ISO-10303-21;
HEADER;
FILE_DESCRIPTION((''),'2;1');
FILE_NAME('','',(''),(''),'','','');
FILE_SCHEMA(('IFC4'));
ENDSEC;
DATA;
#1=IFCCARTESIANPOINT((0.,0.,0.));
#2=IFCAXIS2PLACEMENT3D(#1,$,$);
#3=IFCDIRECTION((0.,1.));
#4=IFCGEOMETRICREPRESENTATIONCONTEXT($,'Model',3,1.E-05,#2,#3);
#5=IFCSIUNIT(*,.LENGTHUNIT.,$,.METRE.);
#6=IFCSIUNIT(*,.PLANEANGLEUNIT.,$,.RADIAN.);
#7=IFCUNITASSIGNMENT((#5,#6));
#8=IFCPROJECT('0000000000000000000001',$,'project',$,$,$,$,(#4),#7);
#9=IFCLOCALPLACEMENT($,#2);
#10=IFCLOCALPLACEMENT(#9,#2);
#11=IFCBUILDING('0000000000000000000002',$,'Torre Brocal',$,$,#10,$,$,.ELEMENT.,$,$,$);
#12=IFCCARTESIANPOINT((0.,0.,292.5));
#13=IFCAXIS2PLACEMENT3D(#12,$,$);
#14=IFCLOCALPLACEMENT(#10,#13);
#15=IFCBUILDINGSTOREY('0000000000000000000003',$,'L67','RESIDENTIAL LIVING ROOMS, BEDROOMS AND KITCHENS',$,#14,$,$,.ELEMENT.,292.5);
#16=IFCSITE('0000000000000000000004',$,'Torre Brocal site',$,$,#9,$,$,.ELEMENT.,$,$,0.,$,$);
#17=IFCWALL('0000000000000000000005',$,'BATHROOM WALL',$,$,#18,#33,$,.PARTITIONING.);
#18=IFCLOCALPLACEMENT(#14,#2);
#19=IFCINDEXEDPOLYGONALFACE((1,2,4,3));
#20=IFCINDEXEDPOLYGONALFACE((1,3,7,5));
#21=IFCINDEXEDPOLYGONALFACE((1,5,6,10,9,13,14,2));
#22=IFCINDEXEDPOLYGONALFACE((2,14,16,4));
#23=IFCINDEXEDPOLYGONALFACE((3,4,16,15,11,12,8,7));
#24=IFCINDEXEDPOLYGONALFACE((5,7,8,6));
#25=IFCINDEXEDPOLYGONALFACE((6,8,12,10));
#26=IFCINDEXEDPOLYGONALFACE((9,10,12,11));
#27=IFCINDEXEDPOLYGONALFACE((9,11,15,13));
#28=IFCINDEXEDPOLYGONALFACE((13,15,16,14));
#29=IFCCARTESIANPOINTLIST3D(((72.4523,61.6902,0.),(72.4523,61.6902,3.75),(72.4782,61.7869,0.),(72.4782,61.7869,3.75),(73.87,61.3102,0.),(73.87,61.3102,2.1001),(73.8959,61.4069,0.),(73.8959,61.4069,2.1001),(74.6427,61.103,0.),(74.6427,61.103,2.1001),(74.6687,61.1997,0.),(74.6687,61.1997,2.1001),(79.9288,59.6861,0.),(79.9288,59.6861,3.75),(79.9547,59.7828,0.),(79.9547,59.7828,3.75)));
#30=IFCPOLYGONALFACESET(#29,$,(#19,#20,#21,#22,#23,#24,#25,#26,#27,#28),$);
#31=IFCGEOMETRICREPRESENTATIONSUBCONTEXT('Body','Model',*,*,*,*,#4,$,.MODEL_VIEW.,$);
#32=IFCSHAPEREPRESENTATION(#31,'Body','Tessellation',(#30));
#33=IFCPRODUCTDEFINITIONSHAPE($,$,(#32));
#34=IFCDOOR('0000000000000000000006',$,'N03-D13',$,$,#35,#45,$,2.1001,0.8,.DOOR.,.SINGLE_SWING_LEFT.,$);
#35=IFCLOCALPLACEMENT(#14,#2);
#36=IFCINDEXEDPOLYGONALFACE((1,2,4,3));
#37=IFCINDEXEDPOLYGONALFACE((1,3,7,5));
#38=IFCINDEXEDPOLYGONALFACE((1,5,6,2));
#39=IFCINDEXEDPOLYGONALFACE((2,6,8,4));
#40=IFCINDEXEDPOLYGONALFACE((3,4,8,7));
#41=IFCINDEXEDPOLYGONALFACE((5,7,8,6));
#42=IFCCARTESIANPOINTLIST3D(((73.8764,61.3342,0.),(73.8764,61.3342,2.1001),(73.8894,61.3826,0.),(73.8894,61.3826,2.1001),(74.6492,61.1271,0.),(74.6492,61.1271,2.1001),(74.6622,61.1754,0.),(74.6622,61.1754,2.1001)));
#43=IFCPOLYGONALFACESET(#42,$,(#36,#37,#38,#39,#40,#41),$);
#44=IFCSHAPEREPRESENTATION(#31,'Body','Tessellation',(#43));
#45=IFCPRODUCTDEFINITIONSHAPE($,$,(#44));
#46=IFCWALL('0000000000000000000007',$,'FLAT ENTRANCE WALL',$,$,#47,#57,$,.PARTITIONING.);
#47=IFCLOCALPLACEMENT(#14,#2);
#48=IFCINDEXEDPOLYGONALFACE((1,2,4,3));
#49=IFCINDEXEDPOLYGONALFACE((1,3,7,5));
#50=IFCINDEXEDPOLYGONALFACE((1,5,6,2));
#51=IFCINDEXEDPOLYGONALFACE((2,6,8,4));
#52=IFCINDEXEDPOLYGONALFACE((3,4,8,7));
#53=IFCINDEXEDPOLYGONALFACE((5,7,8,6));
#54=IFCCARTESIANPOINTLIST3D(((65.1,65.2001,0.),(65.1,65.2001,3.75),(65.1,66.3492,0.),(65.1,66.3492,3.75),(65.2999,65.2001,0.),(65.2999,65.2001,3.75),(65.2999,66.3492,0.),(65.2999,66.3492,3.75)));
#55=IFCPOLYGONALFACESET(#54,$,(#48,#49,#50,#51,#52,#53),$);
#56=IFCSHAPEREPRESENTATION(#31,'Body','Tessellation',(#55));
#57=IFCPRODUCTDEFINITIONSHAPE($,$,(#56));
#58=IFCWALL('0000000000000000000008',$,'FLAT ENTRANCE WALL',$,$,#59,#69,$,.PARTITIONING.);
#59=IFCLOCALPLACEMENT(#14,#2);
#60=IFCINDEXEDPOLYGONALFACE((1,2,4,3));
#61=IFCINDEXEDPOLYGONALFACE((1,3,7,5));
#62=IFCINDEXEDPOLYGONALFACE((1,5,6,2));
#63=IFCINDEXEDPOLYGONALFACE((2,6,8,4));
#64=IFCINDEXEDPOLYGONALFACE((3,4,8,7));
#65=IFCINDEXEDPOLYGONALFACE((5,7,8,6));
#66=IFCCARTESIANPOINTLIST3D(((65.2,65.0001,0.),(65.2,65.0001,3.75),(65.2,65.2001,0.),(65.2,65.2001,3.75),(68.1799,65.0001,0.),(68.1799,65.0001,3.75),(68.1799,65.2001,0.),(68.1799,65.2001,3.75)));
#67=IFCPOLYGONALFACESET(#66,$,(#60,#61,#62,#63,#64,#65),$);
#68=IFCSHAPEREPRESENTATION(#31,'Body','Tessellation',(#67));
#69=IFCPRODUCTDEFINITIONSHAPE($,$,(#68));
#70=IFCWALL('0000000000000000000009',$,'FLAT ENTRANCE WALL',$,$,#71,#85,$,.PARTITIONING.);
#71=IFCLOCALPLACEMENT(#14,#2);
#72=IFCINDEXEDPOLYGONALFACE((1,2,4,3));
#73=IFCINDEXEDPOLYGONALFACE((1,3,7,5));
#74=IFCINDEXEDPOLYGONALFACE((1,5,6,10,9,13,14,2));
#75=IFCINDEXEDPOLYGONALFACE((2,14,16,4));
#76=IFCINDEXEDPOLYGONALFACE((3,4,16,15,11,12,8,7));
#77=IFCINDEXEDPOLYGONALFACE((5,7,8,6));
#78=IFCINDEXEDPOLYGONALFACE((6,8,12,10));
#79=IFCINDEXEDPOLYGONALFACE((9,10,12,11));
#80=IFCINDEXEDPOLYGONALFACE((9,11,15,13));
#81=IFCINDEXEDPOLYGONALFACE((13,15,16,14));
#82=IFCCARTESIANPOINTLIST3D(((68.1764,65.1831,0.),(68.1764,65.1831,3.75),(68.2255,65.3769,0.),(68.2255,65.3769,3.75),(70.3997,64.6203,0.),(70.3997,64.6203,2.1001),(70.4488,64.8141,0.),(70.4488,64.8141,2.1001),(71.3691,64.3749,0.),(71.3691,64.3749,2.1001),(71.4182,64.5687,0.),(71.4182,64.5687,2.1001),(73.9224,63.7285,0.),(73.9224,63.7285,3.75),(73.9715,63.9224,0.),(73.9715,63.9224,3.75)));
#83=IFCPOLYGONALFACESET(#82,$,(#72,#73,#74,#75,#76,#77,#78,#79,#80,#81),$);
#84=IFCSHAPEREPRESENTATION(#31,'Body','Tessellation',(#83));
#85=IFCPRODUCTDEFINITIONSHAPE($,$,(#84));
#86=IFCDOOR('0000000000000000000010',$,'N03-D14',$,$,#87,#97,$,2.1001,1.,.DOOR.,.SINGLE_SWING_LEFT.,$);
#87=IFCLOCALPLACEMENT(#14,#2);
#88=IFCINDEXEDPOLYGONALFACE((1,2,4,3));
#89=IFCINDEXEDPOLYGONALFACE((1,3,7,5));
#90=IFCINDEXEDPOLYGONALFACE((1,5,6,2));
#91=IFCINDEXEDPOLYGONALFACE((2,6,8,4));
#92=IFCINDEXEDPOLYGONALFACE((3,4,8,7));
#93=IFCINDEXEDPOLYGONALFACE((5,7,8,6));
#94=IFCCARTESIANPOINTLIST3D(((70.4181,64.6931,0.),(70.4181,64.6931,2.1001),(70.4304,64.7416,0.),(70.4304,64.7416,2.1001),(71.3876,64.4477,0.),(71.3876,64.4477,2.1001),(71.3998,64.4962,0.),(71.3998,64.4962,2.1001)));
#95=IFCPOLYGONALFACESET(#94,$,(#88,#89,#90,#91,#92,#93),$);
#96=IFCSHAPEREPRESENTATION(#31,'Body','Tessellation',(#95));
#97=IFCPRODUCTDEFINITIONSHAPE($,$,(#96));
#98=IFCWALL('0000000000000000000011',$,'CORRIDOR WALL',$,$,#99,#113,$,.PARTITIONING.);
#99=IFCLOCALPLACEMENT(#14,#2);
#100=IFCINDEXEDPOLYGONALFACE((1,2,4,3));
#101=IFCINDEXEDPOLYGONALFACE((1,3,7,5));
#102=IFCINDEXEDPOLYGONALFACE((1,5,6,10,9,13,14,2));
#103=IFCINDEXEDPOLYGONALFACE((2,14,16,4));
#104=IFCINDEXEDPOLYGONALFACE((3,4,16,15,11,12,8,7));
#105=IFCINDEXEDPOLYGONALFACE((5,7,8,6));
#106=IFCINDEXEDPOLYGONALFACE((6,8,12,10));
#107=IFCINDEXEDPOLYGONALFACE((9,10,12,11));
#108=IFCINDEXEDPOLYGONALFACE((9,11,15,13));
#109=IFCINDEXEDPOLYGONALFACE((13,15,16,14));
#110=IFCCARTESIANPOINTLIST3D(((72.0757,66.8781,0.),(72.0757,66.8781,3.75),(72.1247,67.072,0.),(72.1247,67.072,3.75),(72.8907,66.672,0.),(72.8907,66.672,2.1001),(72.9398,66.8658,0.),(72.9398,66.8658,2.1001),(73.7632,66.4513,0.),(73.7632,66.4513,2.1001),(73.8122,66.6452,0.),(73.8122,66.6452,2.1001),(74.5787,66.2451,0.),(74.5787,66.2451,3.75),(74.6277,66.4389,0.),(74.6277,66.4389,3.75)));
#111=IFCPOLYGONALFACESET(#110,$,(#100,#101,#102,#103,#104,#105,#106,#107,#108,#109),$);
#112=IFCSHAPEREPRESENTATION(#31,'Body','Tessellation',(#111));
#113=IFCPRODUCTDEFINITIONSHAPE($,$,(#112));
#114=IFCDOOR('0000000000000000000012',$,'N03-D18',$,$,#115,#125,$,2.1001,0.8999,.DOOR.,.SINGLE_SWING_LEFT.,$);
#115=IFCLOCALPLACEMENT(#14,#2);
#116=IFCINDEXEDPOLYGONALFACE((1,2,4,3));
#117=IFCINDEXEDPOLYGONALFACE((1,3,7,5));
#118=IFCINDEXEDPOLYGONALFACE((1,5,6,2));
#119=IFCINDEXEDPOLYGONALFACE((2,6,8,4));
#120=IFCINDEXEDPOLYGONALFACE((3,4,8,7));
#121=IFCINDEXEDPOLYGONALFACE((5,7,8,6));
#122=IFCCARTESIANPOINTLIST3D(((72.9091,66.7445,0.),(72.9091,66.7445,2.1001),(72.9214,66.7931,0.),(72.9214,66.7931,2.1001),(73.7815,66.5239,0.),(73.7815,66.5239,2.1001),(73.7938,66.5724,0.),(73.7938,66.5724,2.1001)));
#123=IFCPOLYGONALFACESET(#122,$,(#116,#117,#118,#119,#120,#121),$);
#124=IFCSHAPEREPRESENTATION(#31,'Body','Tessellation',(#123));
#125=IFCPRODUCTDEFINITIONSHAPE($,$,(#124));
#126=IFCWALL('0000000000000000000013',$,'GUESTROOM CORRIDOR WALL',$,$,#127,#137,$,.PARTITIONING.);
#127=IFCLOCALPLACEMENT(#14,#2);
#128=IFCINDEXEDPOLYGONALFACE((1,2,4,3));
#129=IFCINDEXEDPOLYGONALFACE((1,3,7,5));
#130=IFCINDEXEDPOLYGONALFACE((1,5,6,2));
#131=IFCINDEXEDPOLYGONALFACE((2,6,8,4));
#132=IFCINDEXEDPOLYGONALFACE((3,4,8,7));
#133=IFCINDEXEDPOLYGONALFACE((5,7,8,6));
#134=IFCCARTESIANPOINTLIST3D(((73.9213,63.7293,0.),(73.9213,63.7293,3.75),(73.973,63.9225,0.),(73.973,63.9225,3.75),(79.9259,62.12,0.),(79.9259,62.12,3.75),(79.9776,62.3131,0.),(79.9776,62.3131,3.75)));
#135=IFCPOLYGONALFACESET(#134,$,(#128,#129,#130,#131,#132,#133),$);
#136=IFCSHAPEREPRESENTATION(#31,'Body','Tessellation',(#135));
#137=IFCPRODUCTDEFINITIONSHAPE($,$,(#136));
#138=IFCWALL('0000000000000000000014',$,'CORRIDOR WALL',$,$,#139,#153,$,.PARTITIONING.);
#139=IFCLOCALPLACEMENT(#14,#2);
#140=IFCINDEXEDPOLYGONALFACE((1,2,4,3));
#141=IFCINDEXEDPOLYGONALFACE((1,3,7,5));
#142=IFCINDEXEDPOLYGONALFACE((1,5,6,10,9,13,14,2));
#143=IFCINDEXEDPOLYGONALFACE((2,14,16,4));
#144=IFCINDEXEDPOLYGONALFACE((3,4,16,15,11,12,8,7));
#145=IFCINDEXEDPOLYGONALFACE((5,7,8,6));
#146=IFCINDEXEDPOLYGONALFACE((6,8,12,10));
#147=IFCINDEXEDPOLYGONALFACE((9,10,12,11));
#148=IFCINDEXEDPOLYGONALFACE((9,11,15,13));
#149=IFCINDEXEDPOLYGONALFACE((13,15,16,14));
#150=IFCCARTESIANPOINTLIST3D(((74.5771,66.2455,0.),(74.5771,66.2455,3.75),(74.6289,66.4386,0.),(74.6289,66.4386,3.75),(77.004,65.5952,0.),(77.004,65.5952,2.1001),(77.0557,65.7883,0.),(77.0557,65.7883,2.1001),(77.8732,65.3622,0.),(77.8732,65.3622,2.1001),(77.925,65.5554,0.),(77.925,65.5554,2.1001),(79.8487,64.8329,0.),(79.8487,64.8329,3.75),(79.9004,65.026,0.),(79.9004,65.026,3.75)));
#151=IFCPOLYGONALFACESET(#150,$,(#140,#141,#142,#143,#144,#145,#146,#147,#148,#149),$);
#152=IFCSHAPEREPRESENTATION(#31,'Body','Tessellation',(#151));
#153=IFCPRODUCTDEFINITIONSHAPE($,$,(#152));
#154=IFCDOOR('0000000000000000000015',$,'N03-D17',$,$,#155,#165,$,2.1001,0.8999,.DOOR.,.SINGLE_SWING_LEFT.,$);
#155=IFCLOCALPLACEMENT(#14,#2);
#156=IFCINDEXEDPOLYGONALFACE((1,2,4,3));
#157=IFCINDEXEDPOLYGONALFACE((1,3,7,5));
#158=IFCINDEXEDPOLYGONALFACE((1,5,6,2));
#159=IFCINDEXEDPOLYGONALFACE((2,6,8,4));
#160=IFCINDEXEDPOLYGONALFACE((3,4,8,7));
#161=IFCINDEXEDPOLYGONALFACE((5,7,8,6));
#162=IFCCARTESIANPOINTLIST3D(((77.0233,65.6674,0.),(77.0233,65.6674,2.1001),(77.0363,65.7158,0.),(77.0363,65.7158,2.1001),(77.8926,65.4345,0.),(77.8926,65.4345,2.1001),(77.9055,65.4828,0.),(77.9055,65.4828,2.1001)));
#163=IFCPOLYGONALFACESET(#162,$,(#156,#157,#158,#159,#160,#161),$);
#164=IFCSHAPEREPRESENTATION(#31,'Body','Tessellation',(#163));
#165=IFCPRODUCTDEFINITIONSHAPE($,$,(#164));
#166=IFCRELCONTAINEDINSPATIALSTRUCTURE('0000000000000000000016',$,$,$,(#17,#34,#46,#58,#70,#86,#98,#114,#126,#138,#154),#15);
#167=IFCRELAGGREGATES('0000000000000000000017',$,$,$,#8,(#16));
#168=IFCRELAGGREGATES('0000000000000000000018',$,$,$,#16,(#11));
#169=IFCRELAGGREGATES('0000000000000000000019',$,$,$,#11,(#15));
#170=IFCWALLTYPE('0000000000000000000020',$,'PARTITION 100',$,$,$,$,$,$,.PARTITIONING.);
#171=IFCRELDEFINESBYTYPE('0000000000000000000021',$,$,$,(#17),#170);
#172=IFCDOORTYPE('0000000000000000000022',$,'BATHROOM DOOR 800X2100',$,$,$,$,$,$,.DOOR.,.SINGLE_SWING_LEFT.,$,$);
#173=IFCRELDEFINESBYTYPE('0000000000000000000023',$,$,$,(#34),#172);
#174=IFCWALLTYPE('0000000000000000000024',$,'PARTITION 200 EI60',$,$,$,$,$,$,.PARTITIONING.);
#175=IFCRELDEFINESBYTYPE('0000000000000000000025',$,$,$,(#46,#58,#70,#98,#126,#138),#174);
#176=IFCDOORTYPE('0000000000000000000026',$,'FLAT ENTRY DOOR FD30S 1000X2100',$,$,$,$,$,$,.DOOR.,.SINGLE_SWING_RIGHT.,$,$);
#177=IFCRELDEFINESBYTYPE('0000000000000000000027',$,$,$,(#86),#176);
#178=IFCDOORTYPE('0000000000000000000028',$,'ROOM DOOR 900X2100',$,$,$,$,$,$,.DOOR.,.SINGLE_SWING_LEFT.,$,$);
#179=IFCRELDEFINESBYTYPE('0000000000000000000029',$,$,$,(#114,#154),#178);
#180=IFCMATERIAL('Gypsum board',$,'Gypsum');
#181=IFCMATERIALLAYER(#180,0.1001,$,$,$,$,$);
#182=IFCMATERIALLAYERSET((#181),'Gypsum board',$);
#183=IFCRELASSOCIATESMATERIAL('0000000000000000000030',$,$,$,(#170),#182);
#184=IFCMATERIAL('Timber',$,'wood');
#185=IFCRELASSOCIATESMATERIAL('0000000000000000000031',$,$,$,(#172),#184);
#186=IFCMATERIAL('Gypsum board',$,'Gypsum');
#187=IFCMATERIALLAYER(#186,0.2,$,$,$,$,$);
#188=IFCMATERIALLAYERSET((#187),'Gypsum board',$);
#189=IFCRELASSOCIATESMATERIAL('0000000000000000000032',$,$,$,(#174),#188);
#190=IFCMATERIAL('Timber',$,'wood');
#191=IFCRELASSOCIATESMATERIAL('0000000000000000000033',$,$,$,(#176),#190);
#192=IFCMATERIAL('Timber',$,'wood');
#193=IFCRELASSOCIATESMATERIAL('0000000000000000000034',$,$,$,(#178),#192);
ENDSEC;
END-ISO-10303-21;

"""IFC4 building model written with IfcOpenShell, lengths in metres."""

from ifc_helpers import new_model, si_unit, direction, frame, frame_2d, origin, place, context, subcontext, project, spatial, rectangle, extrude, material, layer, layer_set, type_object, element, fill, save


model = new_model("IFC4")

# Units and contexts
model_context = context("Model", 3, precision=1e-05, world=origin(), true_north=direction((0.0, 1.0)))
body_context = subcontext(model_context, "Body", "Model", "MODEL_VIEW")
ifc_project = project(units=[si_unit("LENGTHUNIT", "METRE"), si_unit("PLANEANGLEUNIT", "RADIAN")], contexts=[model_context])

# Site, building, storey
site_placement = place(None, origin())
site = spatial("IfcSite", under=ifc_project, at=site_placement, Name="Torre Brocal site", CompositionType="ELEMENT", RefElevation=0.0)
building_placement = place(site_placement, origin())
building = spatial("IfcBuilding", under=site, at=building_placement, Name="Torre Brocal", CompositionType="ELEMENT")
storey_placement = place(building_placement, frame((0.0, 0.0, 292.5)))
storey = spatial("IfcBuildingStorey", under=building, at=storey_placement, Name="L67", Description="RESIDENTIAL LIVING ROOMS, BEDROOMS AND KITCHENS", CompositionType="ELEMENT", Elevation=292.5)

# Wall, opening, door
ifc_material_1 = material(Name="Gypsum board", Category="Gypsum")
ifc_layer_1 = layer(ifc_material_1, 0.1001)
ifc_layer_set_1 = layer_set([ifc_layer_1], Name="Gypsum board")
wall_type_1 = type_object("IfcWallType", Name="PARTITION 100", PredefinedType="PARTITIONING", material=ifc_layer_set_1)
wall_1_placement = place(storey_placement, frame((72.4653, 61.7385, 0.0), z_axis=(0.0, 0.0, 1.0), x_axis=(0.9659, -0.258917, 0.0)))
wall_1 = element("IfcWall", 1, at=wall_1_placement, inside=storey, type_object=wall_type_1, Name="BATHROOM WALL", PredefinedType="PARTITIONING", context=body_context, shape_type="SweptSolid", body=[
    extrude(rectangle(XDim=7.7405, YDim=0.1001, at=frame_2d((3.8701, 0.0))), origin(), (0.0, 0.0, 1.0), 3.75),
])
opening_1_placement = place(wall_1_placement, frame((1.4678, 0.0, 0.0)))
opening_1 = element("IfcOpeningElement", 2, at=opening_1_placement, cuts=wall_1, PredefinedType="OPENING", context=body_context, shape_type="SweptSolid", body=[
    extrude(rectangle(XDim=0.8, YDim=2.1001, at=frame_2d((0.3999, 1.05))), frame((0.0, 0.0601, 0.0), z_axis=(0.0, -1.0, 0.0), x_axis=(1.0, 0.0, 0.0)), (0.0, 0.0, 1.0), 0.1201),
])
ifc_material_2 = material(Name="Timber", Category="wood")
door_type_1 = type_object("IfcDoorType", Name="BATHROOM DOOR 800X2100", OperationType="SINGLE_SWING_LEFT", PredefinedType="DOOR", material=ifc_material_2)
door_1_placement = place(opening_1_placement, origin())
door_1 = element("IfcDoor", 3, at=door_1_placement, inside=storey, type_object=door_type_1, Name="N03-D13", OperationType="SINGLE_SWING_LEFT", OverallHeight=2.1001, OverallWidth=0.8, PredefinedType="DOOR", context=body_context, shape_type="SweptSolid", body=[
    extrude(rectangle(XDim=0.8, YDim=2.1001, at=frame_2d((0.3999, 1.05))), frame((0.0, 0.0249, 0.0), z_axis=(0.0, -1.0, 0.0), x_axis=(1.0, 0.0, 0.0)), (0.0, 0.0, 1.0), 0.05),
])
fill(opening_1, door_1)

# Walls
ifc_material_3 = material(Name="Gypsum board", Category="Gypsum")
ifc_layer_2 = layer(ifc_material_3, 0.2)
ifc_layer_set_2 = layer_set([ifc_layer_2], Name="Gypsum board")
wall_type_2 = type_object("IfcWallType", Name="PARTITION 200 EI60", PredefinedType="PARTITIONING", material=ifc_layer_set_2)
wall_2_placement = place(storey_placement, frame((65.2, 65.2, 0.0), z_axis=(0.0, 0.0, 1.0), x_axis=(0.0, 1.0, 0.0)))
element("IfcWall", 4, at=wall_2_placement, inside=storey, type_object=wall_type_2, Name="FLAT ENTRANCE WALL", PredefinedType="PARTITIONING", context=body_context, shape_type="SweptSolid", body=[
    extrude(rectangle(XDim=1.1492, YDim=0.2, at=frame_2d((0.5747, 0.0))), origin(), (0.0, 0.0, 1.0), 3.75),
])
wall_3_placement = place(storey_placement, frame((65.2, 65.1001, 0.0), z_axis=(0.0, 0.0, 1.0), x_axis=(1.0, 0.0, 0.0)))
element("IfcWall", 5, at=wall_3_placement, inside=storey, type_object=wall_type_2, Name="FLAT ENTRANCE WALL", PredefinedType="PARTITIONING", context=body_context, shape_type="SweptSolid", body=[
    extrude(rectangle(XDim=2.98, YDim=0.2, at=frame_2d((1.49, 0.0))), origin(), (0.0, 0.0, 1.0), 3.75),
])

# Walls, openings, doors
wall_4_placement = place(storey_placement, frame((68.2009, 65.28, 0.0), z_axis=(0.0, 0.0, 1.0), x_axis=(0.969421, -0.245403, 0.0)))
wall_4 = element("IfcWall", 6, at=wall_4_placement, inside=storey, type_object=wall_type_2, Name="FLAT ENTRANCE WALL", PredefinedType="PARTITIONING", context=body_context, shape_type="SweptSolid", body=[
    extrude(rectangle(XDim=5.9272, YDim=0.2, at=frame_2d((2.9636, 0.0))), origin(), (0.0, 0.0, 1.0), 3.75),
])
opening_2_placement = place(wall_4_placement, frame((2.2935, 0.0, 0.0)))
opening_2 = element("IfcOpeningElement", 7, at=opening_2_placement, cuts=wall_4, PredefinedType="OPENING", context=body_context, shape_type="SweptSolid", body=[
    extrude(rectangle(XDim=1.0, YDim=2.1001, at=frame_2d((0.5, 1.05))), frame((0.0, 0.1099, 0.0), z_axis=(0.0, -1.0, 0.0), x_axis=(1.0, 0.0, 0.0)), (0.0, 0.0, 1.0), 0.22),
])
ifc_material_4 = material(Name="Timber", Category="wood")
door_type_2 = type_object("IfcDoorType", Name="FLAT ENTRY DOOR FD30S 1000X2100", OperationType="SINGLE_SWING_RIGHT", PredefinedType="DOOR", material=ifc_material_4)
door_2_placement = place(opening_2_placement, frame((1.0, 0.0, 0.0), z_axis=(0.0, 0.0, 1.0), x_axis=(-1.0, 0.0, 0.0)))
door_2 = element("IfcDoor", 8, at=door_2_placement, inside=storey, type_object=door_type_2, Name="N03-D14", OperationType="SINGLE_SWING_LEFT", OverallHeight=2.1001, OverallWidth=1.0, PredefinedType="DOOR", context=body_context, shape_type="SweptSolid", body=[
    extrude(rectangle(XDim=1.0, YDim=2.1001, at=frame_2d((0.5, 1.05))), frame((0.0, 0.0249, 0.0), z_axis=(0.0, -1.0, 0.0), x_axis=(1.0, 0.0, 0.0)), (0.0, 0.0, 1.0), 0.05),
])
fill(opening_2, door_2)
wall_5_placement = place(storey_placement, frame((72.1001, 66.9751, 0.0), z_axis=(0.0, 0.0, 1.0), x_axis=(0.969471, -0.245205, 0.0)))
wall_5 = element("IfcWall", 9, at=wall_5_placement, inside=storey, type_object=wall_type_2, Name="CORRIDOR WALL", PredefinedType="PARTITIONING", context=body_context, shape_type="SweptSolid", body=[
    extrude(rectangle(XDim=2.5818, YDim=0.2, at=frame_2d((1.291, 0.0))), origin(), (0.0, 0.0, 1.0), 3.75),
])
opening_3_placement = place(wall_5_placement, frame((0.8408, 0.0, 0.0)))
opening_3 = element("IfcOpeningElement", 10, at=opening_3_placement, cuts=wall_5, PredefinedType="OPENING", context=body_context, shape_type="SweptSolid", body=[
    extrude(rectangle(XDim=0.8999, YDim=2.1001, at=frame_2d((0.45, 1.05))), frame((0.0, 0.1099, 0.0), z_axis=(0.0, -1.0, 0.0), x_axis=(1.0, 0.0, 0.0)), (0.0, 0.0, 1.0), 0.22),
])
ifc_material_5 = material(Name="Timber", Category="wood")
door_type_3 = type_object("IfcDoorType", Name="ROOM DOOR 900X2100", OperationType="SINGLE_SWING_LEFT", PredefinedType="DOOR", material=ifc_material_5)
door_3_placement = place(opening_3_placement, origin())
door_3 = element("IfcDoor", 11, at=door_3_placement, inside=storey, type_object=door_type_3, Name="N03-D18", OperationType="SINGLE_SWING_LEFT", OverallHeight=2.1001, OverallWidth=0.8999, PredefinedType="DOOR", context=body_context, shape_type="SweptSolid", body=[
    extrude(rectangle(XDim=0.8999, YDim=2.1001, at=frame_2d((0.45, 1.05))), frame((0.0, 0.0249, 0.0), z_axis=(0.0, -1.0, 0.0), x_axis=(1.0, 0.0, 0.0)), (0.0, 0.0, 1.0), 0.05),
])
fill(opening_3, door_3)

# Wall
wall_6_placement = place(storey_placement, frame((73.947, 63.8259, 0.0), z_axis=(0.0, 0.0, 1.0), x_axis=(0.965908, -0.258885, 0.0)))
element("IfcWall", 12, at=wall_6_placement, inside=storey, type_object=wall_type_2, Name="GUESTROOM CORRIDOR WALL", PredefinedType="PARTITIONING", context=body_context, shape_type="SweptSolid", body=[
    extrude(rectangle(XDim=6.2166, YDim=0.2, at=frame_2d((3.1084, 0.0))), origin(), (0.0, 0.0, 1.0), 3.75),
])

# Wall, opening, door
wall_7_placement = place(storey_placement, frame((74.603, 66.342, 0.0), z_axis=(0.0, 0.0, 1.0), x_axis=(0.965921, -0.258837, 0.0)))
wall_7 = element("IfcWall", 13, at=wall_7_placement, inside=storey, type_object=wall_type_2, Name="CORRIDOR WALL", PredefinedType="PARTITIONING", context=body_context, shape_type="SweptSolid", body=[
    extrude(rectangle(XDim=5.4575, YDim=0.2, at=frame_2d((2.7288, 0.0))), origin(), (0.0, 0.0, 1.0), 3.75),
])
opening_4_placement = place(wall_7_placement, frame((2.5125, 0.0, 0.0)))
opening_4 = element("IfcOpeningElement", 14, at=opening_4_placement, cuts=wall_7, PredefinedType="OPENING", context=body_context, shape_type="SweptSolid", body=[
    extrude(rectangle(XDim=0.8999, YDim=2.1001, at=frame_2d((0.45, 1.05))), frame((0.0, 0.1099, 0.0), z_axis=(0.0, -1.0, 0.0), x_axis=(1.0, 0.0, 0.0)), (0.0, 0.0, 1.0), 0.22),
])
door_4_placement = place(opening_4_placement, origin())
door_4 = element("IfcDoor", 15, at=door_4_placement, inside=storey, type_object=door_type_3, Name="N03-D17", OperationType="SINGLE_SWING_LEFT", OverallHeight=2.1001, OverallWidth=0.8999, PredefinedType="DOOR", context=body_context, shape_type="SweptSolid", body=[
    extrude(rectangle(XDim=0.8999, YDim=2.1001, at=frame_2d((0.45, 1.05))), frame((0.0, 0.0249, 0.0), z_axis=(0.0, -1.0, 0.0), x_axis=(1.0, 0.0, 0.0)), (0.0, 0.0, 1.0), 0.05),
])
fill(opening_4, door_4)

save(model, "model.ifc")
